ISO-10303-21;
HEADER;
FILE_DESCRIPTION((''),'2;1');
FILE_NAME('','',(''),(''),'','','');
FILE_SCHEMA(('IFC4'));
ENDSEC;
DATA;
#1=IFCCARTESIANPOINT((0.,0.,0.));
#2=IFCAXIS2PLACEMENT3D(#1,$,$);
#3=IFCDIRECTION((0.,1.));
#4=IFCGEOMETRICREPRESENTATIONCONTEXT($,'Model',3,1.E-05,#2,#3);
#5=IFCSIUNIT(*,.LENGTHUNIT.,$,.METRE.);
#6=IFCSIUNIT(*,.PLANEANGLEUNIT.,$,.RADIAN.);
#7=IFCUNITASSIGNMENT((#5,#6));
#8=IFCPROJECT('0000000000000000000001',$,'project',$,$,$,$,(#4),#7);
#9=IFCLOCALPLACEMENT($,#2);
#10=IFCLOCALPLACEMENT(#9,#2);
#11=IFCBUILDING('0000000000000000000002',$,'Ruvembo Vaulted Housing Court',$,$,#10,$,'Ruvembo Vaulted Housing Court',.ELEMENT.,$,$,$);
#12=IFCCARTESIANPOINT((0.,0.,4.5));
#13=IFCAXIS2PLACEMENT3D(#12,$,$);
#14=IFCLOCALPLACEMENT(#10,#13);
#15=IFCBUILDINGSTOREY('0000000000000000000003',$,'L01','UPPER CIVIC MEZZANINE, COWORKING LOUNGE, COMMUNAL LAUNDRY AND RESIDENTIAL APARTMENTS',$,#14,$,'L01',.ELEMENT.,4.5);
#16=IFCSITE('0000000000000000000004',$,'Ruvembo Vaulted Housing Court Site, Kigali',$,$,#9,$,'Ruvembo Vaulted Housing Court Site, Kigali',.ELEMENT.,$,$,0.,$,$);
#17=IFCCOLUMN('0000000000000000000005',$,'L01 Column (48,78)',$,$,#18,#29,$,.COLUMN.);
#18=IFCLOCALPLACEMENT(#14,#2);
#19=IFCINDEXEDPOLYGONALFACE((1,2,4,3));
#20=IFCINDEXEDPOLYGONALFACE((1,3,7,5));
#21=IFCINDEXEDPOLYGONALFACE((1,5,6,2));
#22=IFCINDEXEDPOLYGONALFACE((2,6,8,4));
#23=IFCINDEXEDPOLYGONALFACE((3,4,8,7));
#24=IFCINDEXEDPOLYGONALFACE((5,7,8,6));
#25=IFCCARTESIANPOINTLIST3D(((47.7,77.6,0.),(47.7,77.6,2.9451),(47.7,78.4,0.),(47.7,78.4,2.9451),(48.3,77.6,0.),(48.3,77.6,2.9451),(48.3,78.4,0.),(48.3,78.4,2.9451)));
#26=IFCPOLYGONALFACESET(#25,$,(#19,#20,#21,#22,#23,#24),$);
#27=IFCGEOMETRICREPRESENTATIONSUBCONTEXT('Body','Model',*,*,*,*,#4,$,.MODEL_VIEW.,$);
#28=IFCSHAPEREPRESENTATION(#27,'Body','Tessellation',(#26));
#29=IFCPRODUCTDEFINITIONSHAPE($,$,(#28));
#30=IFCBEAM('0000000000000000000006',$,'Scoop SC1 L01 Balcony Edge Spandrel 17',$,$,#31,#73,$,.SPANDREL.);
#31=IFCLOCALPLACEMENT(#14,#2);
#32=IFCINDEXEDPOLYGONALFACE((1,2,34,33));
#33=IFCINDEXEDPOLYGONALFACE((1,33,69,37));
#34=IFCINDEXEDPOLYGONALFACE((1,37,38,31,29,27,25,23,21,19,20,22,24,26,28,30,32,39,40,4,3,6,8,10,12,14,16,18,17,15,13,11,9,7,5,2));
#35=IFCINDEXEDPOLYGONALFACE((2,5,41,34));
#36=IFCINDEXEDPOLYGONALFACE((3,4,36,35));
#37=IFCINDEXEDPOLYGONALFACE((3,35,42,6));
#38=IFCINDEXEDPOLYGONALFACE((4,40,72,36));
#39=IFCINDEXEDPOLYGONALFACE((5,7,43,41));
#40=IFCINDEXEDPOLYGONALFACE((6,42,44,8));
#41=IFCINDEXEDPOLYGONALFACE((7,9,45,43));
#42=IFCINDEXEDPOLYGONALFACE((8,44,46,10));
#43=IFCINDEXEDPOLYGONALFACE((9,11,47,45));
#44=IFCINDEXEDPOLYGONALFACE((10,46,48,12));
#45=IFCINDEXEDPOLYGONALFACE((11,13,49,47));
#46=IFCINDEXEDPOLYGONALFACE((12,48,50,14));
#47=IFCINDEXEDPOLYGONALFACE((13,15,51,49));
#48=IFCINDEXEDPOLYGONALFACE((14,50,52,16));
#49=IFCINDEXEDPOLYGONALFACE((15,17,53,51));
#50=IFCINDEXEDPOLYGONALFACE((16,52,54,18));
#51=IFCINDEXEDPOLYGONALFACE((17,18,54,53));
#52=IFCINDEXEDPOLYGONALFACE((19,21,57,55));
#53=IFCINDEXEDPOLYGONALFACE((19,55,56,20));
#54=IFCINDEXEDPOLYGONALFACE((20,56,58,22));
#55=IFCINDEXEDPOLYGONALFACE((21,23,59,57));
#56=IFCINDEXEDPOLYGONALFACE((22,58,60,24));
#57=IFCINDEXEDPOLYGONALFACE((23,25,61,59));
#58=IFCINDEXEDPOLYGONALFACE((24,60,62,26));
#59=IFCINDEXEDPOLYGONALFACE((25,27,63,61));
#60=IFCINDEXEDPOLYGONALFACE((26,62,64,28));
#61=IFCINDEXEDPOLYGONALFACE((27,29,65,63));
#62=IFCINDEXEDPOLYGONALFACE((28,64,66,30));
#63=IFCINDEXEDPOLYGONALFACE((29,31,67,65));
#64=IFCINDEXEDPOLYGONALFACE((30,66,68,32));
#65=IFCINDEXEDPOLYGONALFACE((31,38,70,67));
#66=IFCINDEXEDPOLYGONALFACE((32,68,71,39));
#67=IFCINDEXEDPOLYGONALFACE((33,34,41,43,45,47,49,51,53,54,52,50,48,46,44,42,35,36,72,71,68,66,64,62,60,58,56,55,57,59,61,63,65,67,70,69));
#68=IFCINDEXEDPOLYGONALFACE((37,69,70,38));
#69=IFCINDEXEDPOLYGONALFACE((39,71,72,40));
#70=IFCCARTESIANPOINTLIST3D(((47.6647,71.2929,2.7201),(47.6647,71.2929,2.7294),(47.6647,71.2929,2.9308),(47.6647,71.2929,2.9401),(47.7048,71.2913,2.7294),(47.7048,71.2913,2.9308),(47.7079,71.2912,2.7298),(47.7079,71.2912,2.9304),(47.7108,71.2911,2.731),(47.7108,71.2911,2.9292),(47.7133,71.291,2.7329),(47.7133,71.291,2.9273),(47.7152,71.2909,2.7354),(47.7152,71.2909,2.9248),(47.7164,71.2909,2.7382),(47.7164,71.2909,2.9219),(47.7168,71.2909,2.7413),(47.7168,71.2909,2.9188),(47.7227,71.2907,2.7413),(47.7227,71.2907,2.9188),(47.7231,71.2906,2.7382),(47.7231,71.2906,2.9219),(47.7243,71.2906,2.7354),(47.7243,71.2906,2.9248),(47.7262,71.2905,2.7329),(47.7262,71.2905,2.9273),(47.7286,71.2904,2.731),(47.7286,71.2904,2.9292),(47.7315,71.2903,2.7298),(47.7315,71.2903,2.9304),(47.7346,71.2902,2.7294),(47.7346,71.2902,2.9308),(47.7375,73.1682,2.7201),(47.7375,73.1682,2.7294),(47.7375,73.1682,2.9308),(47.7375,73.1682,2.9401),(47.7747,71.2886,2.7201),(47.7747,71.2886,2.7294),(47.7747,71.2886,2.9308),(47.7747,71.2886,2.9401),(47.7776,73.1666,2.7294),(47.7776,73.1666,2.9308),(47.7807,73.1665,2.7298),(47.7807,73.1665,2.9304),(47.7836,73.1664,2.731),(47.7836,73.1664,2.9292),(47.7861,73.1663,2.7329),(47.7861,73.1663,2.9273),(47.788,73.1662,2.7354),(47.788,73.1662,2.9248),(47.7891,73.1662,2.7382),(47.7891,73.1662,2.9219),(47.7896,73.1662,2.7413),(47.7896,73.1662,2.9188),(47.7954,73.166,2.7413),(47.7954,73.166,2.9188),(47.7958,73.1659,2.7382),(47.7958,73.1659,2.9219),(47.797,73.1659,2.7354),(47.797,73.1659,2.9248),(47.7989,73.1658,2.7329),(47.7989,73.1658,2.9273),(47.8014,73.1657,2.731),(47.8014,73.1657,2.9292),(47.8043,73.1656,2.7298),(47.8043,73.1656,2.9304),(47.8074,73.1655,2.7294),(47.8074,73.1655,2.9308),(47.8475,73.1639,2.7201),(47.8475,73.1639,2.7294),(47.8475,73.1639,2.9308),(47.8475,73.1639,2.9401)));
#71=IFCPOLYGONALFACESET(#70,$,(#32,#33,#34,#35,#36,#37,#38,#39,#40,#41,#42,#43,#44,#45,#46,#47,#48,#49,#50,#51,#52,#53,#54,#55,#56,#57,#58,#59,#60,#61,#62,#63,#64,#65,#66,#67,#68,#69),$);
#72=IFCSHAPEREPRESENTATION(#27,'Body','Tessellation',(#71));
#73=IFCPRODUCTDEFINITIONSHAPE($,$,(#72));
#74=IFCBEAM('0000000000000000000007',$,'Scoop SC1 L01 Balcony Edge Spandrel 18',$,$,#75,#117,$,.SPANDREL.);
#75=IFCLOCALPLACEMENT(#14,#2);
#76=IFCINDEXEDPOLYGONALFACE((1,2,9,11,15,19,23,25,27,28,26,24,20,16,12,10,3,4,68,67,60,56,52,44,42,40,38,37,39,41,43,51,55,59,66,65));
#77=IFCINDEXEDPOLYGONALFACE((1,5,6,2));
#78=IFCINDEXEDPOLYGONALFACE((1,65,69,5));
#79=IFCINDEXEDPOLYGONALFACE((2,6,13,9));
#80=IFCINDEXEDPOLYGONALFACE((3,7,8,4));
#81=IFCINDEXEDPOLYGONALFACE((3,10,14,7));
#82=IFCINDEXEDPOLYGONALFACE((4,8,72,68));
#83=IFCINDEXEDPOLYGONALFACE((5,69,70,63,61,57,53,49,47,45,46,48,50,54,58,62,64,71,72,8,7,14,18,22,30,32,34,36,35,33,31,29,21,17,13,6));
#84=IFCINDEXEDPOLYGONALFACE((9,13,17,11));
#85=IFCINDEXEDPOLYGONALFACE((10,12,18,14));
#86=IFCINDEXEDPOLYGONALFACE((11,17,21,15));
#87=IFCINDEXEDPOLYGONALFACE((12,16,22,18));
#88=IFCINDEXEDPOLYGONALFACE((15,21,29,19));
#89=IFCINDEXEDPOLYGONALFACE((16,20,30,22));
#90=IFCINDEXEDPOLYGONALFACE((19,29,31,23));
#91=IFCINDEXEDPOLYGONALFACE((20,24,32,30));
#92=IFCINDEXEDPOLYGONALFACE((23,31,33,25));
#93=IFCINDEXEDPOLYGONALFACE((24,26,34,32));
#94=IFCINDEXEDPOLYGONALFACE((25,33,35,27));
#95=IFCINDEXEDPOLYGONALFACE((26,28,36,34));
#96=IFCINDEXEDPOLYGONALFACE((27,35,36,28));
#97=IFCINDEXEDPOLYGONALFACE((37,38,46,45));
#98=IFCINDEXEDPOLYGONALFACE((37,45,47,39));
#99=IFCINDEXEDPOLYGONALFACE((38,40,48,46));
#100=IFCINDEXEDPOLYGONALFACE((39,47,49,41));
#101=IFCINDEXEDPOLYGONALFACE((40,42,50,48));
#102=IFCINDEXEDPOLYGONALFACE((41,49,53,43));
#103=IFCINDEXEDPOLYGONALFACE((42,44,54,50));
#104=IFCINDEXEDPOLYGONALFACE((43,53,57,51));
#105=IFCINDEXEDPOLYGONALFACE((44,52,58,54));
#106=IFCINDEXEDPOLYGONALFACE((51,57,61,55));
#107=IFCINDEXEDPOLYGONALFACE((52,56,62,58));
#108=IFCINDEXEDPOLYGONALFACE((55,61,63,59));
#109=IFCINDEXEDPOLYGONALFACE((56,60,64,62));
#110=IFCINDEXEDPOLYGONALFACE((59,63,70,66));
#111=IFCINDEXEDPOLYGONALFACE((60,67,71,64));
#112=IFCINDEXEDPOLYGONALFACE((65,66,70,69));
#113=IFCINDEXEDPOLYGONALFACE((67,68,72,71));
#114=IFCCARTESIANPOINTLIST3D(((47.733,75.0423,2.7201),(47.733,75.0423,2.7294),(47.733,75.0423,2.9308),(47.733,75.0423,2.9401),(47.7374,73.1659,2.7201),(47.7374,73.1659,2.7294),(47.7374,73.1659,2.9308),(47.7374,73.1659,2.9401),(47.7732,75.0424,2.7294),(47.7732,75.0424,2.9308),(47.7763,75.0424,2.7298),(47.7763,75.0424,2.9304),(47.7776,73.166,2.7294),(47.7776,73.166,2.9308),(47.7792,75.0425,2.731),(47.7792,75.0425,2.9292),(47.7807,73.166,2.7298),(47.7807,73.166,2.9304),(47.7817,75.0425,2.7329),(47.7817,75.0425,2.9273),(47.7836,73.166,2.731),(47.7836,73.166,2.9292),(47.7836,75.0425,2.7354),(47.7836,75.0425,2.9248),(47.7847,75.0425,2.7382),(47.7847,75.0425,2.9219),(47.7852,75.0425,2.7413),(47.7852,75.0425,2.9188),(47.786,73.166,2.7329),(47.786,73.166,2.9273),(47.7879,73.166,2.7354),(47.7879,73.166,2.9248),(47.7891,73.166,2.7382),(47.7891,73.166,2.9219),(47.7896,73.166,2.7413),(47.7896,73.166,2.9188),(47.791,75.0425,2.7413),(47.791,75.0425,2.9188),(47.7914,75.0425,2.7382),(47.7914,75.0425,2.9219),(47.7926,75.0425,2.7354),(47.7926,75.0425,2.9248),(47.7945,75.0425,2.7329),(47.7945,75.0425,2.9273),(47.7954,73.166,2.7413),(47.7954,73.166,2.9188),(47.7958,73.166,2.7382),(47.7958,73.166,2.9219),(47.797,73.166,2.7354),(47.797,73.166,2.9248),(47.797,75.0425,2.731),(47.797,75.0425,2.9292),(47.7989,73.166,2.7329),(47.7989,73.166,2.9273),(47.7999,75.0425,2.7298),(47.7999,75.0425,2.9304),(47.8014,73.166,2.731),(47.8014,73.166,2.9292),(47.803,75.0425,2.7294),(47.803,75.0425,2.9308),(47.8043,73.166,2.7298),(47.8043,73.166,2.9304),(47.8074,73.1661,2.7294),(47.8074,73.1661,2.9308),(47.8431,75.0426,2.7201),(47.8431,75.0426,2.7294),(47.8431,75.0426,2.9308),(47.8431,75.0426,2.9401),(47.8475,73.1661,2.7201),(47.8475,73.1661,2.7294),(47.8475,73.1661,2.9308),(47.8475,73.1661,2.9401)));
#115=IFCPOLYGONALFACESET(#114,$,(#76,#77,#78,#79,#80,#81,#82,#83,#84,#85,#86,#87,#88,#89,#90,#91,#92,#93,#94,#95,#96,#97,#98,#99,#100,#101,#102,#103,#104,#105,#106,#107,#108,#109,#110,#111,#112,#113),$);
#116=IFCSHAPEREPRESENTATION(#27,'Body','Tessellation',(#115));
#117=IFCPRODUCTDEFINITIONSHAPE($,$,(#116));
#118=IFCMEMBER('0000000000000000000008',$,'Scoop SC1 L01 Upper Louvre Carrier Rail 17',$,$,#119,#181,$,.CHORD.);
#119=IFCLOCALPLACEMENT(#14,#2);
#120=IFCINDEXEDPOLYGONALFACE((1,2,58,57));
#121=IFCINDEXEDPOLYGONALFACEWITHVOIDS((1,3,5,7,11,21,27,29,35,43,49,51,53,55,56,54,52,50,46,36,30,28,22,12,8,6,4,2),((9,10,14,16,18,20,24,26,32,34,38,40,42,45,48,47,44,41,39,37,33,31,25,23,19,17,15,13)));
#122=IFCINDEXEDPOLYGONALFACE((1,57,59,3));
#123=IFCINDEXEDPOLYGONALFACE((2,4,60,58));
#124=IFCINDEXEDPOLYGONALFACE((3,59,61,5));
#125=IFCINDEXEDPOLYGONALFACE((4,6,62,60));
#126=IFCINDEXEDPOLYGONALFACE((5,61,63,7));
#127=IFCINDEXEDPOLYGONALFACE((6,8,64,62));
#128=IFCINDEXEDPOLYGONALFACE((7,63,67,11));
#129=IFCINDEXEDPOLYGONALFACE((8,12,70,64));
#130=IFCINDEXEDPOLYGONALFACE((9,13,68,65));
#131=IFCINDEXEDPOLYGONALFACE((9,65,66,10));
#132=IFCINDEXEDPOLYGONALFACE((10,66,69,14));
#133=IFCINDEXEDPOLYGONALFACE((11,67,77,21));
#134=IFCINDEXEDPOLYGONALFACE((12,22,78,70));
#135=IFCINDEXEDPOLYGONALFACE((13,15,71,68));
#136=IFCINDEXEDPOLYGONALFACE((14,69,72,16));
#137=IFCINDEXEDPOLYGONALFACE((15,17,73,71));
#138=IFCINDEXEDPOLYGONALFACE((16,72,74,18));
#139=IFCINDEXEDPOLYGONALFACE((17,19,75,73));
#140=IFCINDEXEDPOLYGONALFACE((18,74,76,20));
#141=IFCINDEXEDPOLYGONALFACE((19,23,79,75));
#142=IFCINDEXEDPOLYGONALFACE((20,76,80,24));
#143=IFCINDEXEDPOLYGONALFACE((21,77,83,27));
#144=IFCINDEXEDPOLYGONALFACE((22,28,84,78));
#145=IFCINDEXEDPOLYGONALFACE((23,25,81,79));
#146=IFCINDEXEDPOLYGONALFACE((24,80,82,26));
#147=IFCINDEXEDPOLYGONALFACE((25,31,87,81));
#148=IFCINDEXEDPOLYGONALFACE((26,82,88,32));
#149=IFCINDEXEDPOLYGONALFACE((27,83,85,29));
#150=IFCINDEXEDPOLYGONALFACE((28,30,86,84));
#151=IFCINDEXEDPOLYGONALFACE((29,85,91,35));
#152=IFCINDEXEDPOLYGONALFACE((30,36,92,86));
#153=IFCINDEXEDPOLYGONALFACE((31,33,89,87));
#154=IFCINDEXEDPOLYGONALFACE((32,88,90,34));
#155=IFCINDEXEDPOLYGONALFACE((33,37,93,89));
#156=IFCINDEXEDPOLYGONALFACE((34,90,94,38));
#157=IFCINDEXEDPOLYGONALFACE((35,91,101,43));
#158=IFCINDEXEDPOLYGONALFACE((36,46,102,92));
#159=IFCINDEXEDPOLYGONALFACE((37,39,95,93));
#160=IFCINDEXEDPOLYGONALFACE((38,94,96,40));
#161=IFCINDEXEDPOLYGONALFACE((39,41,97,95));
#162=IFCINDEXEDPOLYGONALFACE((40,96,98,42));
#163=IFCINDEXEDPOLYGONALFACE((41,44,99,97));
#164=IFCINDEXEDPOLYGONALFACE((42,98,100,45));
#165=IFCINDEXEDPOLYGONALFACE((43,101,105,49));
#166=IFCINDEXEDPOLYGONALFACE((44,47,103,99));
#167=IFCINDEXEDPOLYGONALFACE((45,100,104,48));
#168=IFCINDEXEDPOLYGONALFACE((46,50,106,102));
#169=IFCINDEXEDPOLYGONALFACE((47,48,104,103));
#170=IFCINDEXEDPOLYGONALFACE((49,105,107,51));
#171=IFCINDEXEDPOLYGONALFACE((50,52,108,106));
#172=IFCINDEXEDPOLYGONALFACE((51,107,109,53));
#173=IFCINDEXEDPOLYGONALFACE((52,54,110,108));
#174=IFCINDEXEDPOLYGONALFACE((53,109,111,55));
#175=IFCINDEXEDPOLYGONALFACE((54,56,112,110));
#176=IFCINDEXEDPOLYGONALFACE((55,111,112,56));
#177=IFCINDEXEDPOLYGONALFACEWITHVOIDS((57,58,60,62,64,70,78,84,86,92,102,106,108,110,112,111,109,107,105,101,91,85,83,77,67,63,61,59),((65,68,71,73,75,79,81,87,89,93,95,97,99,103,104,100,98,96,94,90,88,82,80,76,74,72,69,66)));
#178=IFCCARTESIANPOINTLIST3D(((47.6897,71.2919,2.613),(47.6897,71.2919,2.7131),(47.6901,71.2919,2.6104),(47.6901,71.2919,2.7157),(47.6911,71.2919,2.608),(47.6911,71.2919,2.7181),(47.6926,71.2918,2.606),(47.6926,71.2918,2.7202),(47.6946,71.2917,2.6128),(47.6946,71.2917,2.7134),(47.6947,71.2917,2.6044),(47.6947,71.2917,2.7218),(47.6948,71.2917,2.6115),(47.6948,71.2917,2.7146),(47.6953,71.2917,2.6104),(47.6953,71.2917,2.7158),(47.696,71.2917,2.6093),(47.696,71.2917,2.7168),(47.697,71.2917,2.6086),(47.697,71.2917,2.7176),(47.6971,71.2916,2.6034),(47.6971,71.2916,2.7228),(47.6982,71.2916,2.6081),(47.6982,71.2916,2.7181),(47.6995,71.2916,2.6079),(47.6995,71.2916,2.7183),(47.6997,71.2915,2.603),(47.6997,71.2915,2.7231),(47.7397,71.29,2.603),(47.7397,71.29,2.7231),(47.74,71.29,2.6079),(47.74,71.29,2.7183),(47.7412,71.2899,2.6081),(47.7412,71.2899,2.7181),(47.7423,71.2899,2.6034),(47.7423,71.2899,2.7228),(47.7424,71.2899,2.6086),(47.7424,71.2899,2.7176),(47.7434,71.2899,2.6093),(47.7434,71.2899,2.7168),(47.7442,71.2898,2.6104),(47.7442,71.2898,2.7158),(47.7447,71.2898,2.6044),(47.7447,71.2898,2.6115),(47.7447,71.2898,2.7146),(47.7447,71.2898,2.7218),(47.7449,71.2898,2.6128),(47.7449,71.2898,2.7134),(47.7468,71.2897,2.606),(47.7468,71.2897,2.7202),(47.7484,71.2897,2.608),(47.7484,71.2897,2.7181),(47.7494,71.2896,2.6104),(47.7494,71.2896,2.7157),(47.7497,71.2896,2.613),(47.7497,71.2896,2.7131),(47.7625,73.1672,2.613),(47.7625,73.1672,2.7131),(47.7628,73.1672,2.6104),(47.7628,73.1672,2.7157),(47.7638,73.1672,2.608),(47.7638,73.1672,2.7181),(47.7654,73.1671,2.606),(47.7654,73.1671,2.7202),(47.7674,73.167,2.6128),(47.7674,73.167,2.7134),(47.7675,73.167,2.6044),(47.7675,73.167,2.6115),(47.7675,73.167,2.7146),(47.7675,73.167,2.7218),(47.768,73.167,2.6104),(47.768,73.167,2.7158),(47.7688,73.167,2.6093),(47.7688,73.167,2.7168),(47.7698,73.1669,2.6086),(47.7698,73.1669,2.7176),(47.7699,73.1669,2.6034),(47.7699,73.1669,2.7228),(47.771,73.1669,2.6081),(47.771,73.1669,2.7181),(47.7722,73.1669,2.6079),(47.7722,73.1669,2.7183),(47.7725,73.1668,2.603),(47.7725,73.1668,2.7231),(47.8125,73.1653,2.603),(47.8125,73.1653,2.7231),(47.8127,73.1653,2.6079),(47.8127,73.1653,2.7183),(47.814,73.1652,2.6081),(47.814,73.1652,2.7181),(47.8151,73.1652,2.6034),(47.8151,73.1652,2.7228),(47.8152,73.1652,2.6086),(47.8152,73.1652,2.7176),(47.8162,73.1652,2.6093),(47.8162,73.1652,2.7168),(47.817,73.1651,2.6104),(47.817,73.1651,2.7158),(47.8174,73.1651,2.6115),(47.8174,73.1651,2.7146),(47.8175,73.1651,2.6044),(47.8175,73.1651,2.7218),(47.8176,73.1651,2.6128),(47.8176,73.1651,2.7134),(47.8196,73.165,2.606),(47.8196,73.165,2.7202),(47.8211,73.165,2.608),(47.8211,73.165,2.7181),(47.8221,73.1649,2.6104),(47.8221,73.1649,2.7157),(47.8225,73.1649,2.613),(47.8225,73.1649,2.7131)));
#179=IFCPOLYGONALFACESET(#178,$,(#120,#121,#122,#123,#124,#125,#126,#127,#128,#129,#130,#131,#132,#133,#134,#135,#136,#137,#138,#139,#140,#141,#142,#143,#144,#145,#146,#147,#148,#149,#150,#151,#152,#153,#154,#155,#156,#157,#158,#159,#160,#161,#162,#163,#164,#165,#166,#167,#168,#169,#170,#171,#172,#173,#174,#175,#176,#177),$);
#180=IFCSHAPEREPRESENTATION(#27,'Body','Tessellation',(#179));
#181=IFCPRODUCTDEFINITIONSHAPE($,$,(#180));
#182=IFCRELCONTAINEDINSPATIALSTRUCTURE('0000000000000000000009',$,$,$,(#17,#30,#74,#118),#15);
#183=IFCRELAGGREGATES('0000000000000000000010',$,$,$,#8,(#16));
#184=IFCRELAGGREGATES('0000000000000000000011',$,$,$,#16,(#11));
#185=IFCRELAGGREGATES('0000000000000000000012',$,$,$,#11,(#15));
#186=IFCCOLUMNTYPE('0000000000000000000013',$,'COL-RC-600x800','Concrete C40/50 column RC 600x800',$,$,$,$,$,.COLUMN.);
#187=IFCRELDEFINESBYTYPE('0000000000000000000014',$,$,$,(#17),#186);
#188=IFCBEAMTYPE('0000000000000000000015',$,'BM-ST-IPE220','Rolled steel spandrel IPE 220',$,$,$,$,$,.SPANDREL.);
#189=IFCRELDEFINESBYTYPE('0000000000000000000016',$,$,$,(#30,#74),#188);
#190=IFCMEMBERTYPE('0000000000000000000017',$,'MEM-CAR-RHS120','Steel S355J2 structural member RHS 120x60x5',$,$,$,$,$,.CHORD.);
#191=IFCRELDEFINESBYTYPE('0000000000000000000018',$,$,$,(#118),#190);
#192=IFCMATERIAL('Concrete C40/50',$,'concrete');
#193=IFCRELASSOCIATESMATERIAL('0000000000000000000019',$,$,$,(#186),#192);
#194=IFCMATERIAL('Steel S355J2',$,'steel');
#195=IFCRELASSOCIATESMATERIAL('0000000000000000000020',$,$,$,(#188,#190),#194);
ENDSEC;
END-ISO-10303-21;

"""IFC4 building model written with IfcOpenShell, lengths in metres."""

from ifc_helpers import new_model, si_unit, direction, frame, origin, origin_2d, place, context, subcontext, project, spatial, rectangle, hollow_rectangle, i_section, extrude, material, material_profile, profile_set, type_object, element, save


model = new_model("IFC4")

# Units and contexts
model_context = context("Model", 3, precision=1e-05, world=origin(), true_north=direction((0.0, 1.0)))
body_context = subcontext(model_context, "Body", "Model", "MODEL_VIEW")
ifc_project = project(units=[si_unit("LENGTHUNIT", "METRE"), si_unit("PLANEANGLEUNIT", "RADIAN")], contexts=[model_context])

# Site, building, storey
site_placement = place(None, origin())
site = spatial("IfcSite", under=ifc_project, at=site_placement, Name="Ruvembo Vaulted Housing Court Site, Kigali", LongName="Ruvembo Vaulted Housing Court Site, Kigali", CompositionType="ELEMENT", RefElevation=0.0)
building_placement = place(site_placement, origin())
building = spatial("IfcBuilding", under=site, at=building_placement, Name="Ruvembo Vaulted Housing Court", LongName="Ruvembo Vaulted Housing Court", CompositionType="ELEMENT")
storey_placement = place(building_placement, frame((0.0, 0.0, 4.5)))
storey = spatial("IfcBuildingStorey", under=building, at=storey_placement, Name="L01", Description="UPPER CIVIC MEZZANINE, COWORKING LOUNGE, COMMUNAL LAUNDRY AND RESIDENTIAL APARTMENTS", LongName="L01", CompositionType="ELEMENT", Elevation=4.5)

# Column
ifc_material_1 = material(Name="Concrete C40/50", Category="concrete")
ifc_material_profile_1 = material_profile(ifc_material_1, rectangle(XDim=0.6001, YDim=0.8, at=origin_2d()), Name="RC 600x800")
ifc_profile_set_1 = profile_set([ifc_material_profile_1], Name="Concrete C40/50")
column_type = type_object("IfcColumnType", Name="COL-RC-600x800", Description="Concrete C40/50 column RC 600x800", PredefinedType="COLUMN", material=ifc_profile_set_1)
column_placement = place(storey_placement, frame((48.0, 78.0, 0.0), z_axis=(0.0, 0.0, 1.0), x_axis=(1.0, 0.0, 0.0)))
element("IfcColumn", 1, at=column_placement, inside=storey, type_object=column_type, Name="L01 Column (48,78)", PredefinedType="COLUMN", context=body_context, shape_type="SweptSolid", body=[
    extrude(rectangle(XDim=0.6001, YDim=0.8, at=origin_2d()), origin(), (0.0, 0.0, 1.0), 2.9451),
])

# Beams
ifc_material_2 = material(Name="Steel S355J2", Category="steel")
ifc_material_profile_2 = material_profile(ifc_material_2, i_section(OverallWidth=0.1101, OverallDepth=0.22, WebThickness=0.0059, FlangeThickness=0.0093, FilletRadius=0.012, at=origin_2d()), Name="IPE 220")
ifc_profile_set_2 = profile_set([ifc_material_profile_2], Name="Steel S355J2")
beam_type_1 = type_object("IfcBeamType", Name="BM-ST-IPE220", Description="Rolled steel spandrel IPE 220", PredefinedType="SPANDREL", material=ifc_profile_set_2)
beam_1_placement = place(storey_placement, frame((47.7197, 71.2908, 2.8301), z_axis=(0.038768, 0.999248, 0.0), x_axis=(-0.999248, 0.038768, 0.0)))
element("IfcBeam", 2, at=beam_1_placement, inside=storey, type_object=beam_type_1, Name="Scoop SC1 L01 Balcony Edge Spandrel 17", PredefinedType="SPANDREL", context=body_context, shape_type="SweptSolid", body=[
    extrude(i_section(OverallWidth=0.1101, OverallDepth=0.22, WebThickness=0.0059, FlangeThickness=0.0093, FilletRadius=0.012, at=origin_2d()), origin(), (0.0, 0.0, 1.0), 1.8767),
])
beam_2_placement = place(storey_placement, frame((47.7925, 73.166, 2.8301), z_axis=(-0.002342, 0.999997, 0.0), x_axis=(-0.999997, -0.002342, 0.0)))
element("IfcBeam", 3, at=beam_2_placement, inside=storey, type_object=beam_type_1, Name="Scoop SC1 L01 Balcony Edge Spandrel 18", PredefinedType="SPANDREL", context=body_context, shape_type="SweptSolid", body=[
    extrude(i_section(OverallWidth=0.1101, OverallDepth=0.22, WebThickness=0.0059, FlangeThickness=0.0093, FilletRadius=0.012, at=origin_2d()), origin(), (0.0, 0.0, 1.0), 1.8765),
])

# Member
ifc_material_profile_3 = material_profile(ifc_material_2, hollow_rectangle(XDim=0.0601, YDim=0.1201, WallThickness=0.0049, InnerFilletRadius=0.0049, OuterFilletRadius=0.01, at=origin_2d()), Name="RHS 120x60x5")
ifc_profile_set_3 = profile_set([ifc_material_profile_3], Name="Steel S355J2")
member_type_1 = type_object("IfcMemberType", Name="MEM-CAR-RHS120", Description="Steel S355J2 structural member RHS 120x60x5", PredefinedType="CHORD", material=ifc_profile_set_3)
member_1_placement = place(storey_placement, frame((47.7197, 71.2908, 2.6631), z_axis=(0.038768, 0.999248, 0.0), x_axis=(-0.999248, 0.038768, 0.0)))
element("IfcMember", 4, at=member_1_placement, inside=storey, type_object=member_type_1, Name="Scoop SC1 L01 Upper Louvre Carrier Rail 17", PredefinedType="CHORD", context=body_context, shape_type="SweptSolid", body=[
    extrude(hollow_rectangle(XDim=0.0601, YDim=0.1201, WallThickness=0.0049, InnerFilletRadius=0.0049, OuterFilletRadius=0.01, at=origin_2d()), origin(), (0.0, 0.0, 1.0), 1.8767),
])

save(model, "model.ifc")
